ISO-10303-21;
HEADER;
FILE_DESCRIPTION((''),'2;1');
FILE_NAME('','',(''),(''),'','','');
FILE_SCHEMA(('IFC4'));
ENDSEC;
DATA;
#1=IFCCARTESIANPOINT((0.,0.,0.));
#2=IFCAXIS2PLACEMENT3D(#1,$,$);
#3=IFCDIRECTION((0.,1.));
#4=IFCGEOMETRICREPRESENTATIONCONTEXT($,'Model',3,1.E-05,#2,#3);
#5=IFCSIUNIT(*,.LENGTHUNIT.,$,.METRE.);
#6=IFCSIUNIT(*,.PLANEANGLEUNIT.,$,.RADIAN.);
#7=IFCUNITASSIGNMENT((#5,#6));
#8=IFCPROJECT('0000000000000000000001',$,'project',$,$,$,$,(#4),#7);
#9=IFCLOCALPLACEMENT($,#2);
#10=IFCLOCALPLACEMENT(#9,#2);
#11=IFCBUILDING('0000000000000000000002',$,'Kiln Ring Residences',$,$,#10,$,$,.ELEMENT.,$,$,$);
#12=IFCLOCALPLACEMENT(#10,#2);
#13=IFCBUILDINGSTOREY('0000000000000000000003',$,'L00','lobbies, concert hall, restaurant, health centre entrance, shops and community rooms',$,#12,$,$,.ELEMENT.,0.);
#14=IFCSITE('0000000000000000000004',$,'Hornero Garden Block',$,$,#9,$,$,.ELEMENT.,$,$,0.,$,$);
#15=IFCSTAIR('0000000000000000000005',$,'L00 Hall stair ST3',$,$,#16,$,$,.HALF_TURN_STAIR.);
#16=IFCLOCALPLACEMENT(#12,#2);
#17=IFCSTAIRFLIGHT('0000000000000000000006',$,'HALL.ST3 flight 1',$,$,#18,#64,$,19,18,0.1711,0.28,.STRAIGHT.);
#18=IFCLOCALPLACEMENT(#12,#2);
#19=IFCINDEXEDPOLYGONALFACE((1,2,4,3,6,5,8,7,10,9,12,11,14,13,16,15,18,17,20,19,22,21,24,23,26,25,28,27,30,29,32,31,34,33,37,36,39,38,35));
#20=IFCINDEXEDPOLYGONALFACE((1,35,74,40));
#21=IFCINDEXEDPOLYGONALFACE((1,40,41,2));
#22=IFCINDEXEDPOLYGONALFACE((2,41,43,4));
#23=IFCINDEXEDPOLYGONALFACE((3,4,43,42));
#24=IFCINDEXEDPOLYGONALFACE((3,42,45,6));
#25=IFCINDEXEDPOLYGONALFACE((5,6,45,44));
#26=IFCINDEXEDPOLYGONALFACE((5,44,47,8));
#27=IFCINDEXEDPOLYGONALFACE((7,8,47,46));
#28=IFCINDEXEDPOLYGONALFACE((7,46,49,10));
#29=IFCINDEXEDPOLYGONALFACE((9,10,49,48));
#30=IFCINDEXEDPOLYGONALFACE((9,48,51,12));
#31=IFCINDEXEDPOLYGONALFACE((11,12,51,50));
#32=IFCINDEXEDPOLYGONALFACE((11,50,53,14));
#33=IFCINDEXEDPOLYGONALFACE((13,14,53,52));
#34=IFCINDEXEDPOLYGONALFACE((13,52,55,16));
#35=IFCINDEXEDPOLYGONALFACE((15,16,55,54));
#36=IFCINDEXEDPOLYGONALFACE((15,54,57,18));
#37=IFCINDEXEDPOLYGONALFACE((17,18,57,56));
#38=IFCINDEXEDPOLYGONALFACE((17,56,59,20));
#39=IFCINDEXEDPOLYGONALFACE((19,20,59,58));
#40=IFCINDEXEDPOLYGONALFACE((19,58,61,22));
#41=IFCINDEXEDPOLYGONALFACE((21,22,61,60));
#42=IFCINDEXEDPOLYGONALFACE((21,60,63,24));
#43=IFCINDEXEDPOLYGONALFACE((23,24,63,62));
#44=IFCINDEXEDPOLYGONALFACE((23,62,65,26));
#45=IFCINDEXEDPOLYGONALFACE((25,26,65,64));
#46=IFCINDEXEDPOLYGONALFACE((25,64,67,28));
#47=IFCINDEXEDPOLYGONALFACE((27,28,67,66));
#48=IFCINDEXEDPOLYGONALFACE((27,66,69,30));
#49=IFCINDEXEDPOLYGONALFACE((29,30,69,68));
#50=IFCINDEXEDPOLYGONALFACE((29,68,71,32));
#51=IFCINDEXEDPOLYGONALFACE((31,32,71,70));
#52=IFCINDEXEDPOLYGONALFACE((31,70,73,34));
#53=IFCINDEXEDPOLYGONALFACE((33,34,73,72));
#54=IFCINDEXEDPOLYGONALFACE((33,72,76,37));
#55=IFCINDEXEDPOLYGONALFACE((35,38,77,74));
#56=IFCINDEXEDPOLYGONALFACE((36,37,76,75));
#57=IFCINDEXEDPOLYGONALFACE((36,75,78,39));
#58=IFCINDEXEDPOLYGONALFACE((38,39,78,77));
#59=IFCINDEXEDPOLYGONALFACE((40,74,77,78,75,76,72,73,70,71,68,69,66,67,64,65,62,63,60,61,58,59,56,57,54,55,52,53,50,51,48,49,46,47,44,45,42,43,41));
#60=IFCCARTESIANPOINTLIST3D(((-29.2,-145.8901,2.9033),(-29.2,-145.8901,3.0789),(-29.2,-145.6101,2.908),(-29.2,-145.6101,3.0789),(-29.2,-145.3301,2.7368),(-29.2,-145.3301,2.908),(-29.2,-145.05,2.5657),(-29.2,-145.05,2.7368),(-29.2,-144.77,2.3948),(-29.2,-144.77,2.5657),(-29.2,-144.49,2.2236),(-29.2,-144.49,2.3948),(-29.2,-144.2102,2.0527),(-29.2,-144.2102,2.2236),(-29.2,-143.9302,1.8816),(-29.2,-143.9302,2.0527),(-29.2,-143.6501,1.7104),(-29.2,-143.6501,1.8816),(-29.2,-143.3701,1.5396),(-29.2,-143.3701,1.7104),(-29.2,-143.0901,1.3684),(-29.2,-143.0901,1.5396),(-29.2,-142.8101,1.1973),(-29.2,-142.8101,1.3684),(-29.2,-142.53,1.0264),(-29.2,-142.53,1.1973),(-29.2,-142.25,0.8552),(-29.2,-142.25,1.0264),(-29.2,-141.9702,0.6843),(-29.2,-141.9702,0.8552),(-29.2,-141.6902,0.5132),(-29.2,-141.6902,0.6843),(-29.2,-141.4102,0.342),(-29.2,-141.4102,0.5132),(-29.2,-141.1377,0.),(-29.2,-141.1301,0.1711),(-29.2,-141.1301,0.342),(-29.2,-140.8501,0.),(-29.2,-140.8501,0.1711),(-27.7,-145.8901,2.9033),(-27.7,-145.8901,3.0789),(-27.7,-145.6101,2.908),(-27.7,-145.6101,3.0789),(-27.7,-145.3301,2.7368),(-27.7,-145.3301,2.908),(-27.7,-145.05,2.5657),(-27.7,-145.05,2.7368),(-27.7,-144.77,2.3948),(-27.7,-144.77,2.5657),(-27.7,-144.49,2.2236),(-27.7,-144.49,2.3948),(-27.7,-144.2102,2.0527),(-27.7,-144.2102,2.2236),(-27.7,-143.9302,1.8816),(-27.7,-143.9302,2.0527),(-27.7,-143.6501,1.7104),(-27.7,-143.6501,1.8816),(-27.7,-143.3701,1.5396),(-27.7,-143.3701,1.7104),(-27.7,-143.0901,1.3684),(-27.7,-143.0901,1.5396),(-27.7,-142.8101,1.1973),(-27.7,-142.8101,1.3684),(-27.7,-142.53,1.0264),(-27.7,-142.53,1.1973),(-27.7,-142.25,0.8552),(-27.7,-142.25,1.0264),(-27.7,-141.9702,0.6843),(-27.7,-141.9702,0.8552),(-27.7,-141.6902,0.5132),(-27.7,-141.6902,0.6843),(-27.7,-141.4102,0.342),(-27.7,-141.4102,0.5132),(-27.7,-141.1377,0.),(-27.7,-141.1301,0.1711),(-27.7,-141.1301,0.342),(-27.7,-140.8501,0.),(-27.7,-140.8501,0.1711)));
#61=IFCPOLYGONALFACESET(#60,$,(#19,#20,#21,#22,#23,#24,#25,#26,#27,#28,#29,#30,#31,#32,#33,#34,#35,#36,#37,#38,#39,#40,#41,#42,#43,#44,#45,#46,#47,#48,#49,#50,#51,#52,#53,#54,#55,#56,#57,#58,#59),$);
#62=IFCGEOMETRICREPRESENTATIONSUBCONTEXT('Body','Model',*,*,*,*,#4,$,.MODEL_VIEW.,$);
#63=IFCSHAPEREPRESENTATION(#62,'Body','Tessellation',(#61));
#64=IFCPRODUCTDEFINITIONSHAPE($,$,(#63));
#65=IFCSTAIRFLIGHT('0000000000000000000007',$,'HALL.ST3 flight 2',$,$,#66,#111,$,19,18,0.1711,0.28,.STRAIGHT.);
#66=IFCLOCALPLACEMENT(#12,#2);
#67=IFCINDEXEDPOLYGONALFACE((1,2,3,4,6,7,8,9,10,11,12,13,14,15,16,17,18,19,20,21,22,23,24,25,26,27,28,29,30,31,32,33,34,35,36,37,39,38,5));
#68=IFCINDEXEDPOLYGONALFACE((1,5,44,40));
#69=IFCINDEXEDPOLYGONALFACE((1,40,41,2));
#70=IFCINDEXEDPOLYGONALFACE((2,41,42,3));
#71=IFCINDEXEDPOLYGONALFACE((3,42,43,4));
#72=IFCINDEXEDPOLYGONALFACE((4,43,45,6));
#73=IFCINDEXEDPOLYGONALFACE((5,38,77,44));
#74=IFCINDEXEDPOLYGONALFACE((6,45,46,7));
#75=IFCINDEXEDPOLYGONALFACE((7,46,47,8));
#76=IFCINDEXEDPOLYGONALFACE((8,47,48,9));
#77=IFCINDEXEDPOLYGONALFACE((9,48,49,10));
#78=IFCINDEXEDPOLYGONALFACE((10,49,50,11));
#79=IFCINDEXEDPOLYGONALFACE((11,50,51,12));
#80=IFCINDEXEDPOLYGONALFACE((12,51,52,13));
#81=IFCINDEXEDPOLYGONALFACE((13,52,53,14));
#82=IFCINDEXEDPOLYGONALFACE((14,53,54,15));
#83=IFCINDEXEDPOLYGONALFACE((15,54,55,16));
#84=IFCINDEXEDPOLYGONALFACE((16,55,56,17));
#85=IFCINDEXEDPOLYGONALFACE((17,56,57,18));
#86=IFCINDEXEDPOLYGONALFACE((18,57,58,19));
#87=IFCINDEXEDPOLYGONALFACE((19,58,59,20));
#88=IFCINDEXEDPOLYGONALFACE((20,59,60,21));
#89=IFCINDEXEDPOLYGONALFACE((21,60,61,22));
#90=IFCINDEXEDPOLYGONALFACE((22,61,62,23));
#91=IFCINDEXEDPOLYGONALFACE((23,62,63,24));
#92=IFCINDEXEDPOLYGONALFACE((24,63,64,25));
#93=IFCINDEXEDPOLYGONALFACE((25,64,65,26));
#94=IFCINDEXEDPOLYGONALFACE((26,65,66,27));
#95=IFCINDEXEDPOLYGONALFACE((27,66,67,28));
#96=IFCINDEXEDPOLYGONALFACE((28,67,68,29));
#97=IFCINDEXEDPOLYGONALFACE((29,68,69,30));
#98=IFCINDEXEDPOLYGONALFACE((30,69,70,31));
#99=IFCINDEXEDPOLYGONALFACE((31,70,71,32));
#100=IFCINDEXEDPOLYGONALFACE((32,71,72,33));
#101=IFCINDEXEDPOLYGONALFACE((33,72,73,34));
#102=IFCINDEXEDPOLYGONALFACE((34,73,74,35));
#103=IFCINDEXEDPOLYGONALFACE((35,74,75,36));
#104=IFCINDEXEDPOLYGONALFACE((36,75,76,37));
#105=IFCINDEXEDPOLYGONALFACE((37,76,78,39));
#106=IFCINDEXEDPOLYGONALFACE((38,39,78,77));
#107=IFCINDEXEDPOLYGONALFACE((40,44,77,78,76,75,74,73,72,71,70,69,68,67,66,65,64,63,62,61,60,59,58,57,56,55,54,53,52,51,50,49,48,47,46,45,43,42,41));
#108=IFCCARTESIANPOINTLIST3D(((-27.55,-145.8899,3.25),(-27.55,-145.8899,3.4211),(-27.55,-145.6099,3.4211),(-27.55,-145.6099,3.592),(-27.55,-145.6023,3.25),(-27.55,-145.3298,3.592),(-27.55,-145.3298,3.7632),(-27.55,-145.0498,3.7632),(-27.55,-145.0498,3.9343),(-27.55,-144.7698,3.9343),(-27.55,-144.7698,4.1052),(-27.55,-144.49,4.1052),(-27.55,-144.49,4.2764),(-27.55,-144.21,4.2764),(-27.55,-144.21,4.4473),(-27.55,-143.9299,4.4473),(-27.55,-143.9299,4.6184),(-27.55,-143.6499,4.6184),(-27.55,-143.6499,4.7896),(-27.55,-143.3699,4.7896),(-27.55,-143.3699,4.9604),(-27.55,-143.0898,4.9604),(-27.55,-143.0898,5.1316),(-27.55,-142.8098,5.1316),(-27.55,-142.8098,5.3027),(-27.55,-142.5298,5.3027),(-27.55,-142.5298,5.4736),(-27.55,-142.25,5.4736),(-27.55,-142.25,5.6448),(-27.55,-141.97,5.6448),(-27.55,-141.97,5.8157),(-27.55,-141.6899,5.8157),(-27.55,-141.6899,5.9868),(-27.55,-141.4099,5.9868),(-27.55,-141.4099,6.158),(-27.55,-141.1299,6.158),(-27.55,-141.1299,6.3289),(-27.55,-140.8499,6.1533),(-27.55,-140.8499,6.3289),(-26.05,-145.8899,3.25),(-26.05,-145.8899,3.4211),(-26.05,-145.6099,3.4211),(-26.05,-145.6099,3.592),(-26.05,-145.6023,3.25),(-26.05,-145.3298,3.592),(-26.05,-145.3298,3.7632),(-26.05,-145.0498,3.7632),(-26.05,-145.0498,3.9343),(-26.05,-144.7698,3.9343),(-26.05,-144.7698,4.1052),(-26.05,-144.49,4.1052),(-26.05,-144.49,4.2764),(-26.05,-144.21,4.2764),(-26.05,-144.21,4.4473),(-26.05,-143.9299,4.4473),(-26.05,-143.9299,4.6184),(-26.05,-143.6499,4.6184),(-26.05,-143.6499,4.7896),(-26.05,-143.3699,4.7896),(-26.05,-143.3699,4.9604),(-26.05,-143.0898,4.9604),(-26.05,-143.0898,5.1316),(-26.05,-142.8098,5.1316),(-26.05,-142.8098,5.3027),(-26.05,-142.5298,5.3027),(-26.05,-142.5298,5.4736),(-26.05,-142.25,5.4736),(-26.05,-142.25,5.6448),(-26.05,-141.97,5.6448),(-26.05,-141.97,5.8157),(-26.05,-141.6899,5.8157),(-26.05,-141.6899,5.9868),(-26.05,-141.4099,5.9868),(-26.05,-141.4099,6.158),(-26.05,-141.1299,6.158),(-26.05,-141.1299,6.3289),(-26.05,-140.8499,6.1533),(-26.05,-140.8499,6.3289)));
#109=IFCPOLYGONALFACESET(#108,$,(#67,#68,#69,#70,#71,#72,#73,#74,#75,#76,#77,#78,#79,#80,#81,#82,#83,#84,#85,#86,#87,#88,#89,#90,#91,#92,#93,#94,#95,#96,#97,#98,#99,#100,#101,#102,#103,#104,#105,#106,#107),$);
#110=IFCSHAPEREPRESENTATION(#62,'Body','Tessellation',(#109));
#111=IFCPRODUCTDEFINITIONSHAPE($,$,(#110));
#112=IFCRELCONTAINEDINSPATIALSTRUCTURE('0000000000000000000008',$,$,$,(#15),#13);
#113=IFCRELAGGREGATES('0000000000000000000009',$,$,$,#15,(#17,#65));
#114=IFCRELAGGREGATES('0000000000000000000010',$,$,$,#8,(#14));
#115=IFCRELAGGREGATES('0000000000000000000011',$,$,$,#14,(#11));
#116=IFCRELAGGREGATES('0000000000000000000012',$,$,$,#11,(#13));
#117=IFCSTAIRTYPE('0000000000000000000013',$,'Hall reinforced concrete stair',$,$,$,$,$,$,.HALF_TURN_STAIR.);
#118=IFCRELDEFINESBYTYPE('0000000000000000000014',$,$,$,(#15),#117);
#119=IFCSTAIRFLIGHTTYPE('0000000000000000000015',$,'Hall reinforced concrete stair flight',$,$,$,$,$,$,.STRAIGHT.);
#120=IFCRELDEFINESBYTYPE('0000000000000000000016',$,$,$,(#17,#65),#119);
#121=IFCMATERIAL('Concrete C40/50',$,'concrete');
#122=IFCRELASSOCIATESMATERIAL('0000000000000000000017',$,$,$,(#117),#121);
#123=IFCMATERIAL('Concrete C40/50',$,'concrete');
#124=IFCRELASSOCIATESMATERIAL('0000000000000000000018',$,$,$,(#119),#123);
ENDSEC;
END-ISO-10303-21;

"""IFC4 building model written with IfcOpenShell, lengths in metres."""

from ifc_helpers import new_model, si_unit, direction, frame, origin, place, context, subcontext, project, spatial, polyline, outline, extrude, material, type_object, element, aggregate, save


model = new_model("IFC4")

# Units and contexts
model_context = context("Model", 3, precision=1e-05, world=origin(), true_north=direction((0.0, 1.0)))
body_context = subcontext(model_context, "Body", "Model", "MODEL_VIEW")
ifc_project = project(units=[si_unit("LENGTHUNIT", "METRE"), si_unit("PLANEANGLEUNIT", "RADIAN")], contexts=[model_context])

# Site, building, storey
site_placement = place(None, origin())
site = spatial("IfcSite", under=ifc_project, at=site_placement, Name="Hornero Garden Block", CompositionType="ELEMENT", RefElevation=0.0)
building_placement = place(site_placement, origin())
building = spatial("IfcBuilding", under=site, at=building_placement, Name="Kiln Ring Residences", CompositionType="ELEMENT")
storey_placement = place(building_placement, origin())
storey = spatial("IfcBuildingStorey", under=building, at=storey_placement, Name="L00", Description="lobbies, concert hall, restaurant, health centre entrance, shops and community rooms", CompositionType="ELEMENT", Elevation=0.0)

# Stair, stair flights
ifc_material_1 = material(Name="Concrete C40/50", Category="concrete")
stair_type = type_object("IfcStairType", Name="Hall reinforced concrete stair", PredefinedType="HALF_TURN_STAIR", material=ifc_material_1)
stair_placement = place(storey_placement, origin())
stair = element("IfcStair", 1, at=stair_placement, inside=storey, type_object=stair_type, Name="L00 Hall stair ST3", PredefinedType="HALF_TURN_STAIR")
ifc_material_2 = material(Name="Concrete C40/50", Category="concrete")
stair_flight_type = type_object("IfcStairFlightType", Name="Hall reinforced concrete stair flight", PredefinedType="STRAIGHT", material=ifc_material_2)
stair_flight_1_placement = place(storey_placement, frame((-28.45, -140.8501, 0.0), z_axis=(0.0, 0.0, 1.0), x_axis=(0.0, -1.0, 0.0)))
stair_flight_1 = element("IfcStairFlight", 2, at=stair_flight_1_placement, type_object=stair_flight_type, Name="HALL.ST3 flight 1", NumberOfRisers=19, NumberOfTreads=18, PredefinedType="STRAIGHT", RiserHeight=0.1711, TreadLength=0.28, context=body_context, shape_type="SweptSolid", body=[
    extrude(outline(polyline([(0.0, 0.0), (0.0, 0.1711), (0.28, 0.1711), (0.28, 0.342), (0.5601, 0.342), (0.5601, 0.5132), (0.8401, 0.5132), (0.8401, 0.6843), (1.1201, 0.6843), (1.1201, 0.8552), (1.3999, 0.8552), (1.3999, 1.0264), (1.6799, 1.0264), (1.6799, 1.1973), (1.96, 1.1973), (1.96, 1.3684), (2.24, 1.3684), (2.24, 1.5396), (2.52, 1.5396), (2.52, 1.7104), (2.8, 1.7104), (2.8, 1.8816), (3.0801, 1.8816), (3.0801, 2.0527), (3.3601, 2.0527), (3.3601, 2.2236), (3.6399, 2.2236), (3.6399, 2.3948), (3.9199, 2.3948), (3.9199, 2.5657), (4.2, 2.5657), (4.2, 2.7368), (4.48, 2.7368), (4.48, 2.908), (4.76, 2.908), (4.76, 3.0789), (5.04, 3.0789), (5.04, 3.25), (5.04, 2.9033), (0.2876, 0.0), (0.0, 0.0)])), frame((0.0, 0.75, 0.0), z_axis=(0.0, -1.0, 0.0), x_axis=(1.0, 0.0, 0.0)), (0.0, 0.0, 1.0), 1.5),
])
stair_flight_2_placement = place(storey_placement, frame((-26.8, -145.8899, 3.25), z_axis=(0.0, 0.0, 1.0), x_axis=(0.0, 1.0, 0.0)))
stair_flight_2 = element("IfcStairFlight", 3, at=stair_flight_2_placement, type_object=stair_flight_type, Name="HALL.ST3 flight 2", NumberOfRisers=19, NumberOfTreads=18, PredefinedType="STRAIGHT", RiserHeight=0.1711, TreadLength=0.28, context=body_context, shape_type="SweptSolid", body=[
    extrude(outline(polyline([(0.0, 0.0), (0.0, 0.1711), (0.28, 0.1711), (0.28, 0.342), (0.5601, 0.342), (0.5601, 0.5132), (0.8401, 0.5132), (0.8401, 0.6843), (1.1201, 0.6843), (1.1201, 0.8552), (1.3999, 0.8552), (1.3999, 1.0264), (1.6799, 1.0264), (1.6799, 1.1973), (1.96, 1.1973), (1.96, 1.3684), (2.24, 1.3684), (2.24, 1.5396), (2.52, 1.5396), (2.52, 1.7104), (2.8, 1.7104), (2.8, 1.8816), (3.0801, 1.8816), (3.0801, 2.0527), (3.3601, 2.0527), (3.3601, 2.2236), (3.6399, 2.2236), (3.6399, 2.3948), (3.9199, 2.3948), (3.9199, 2.5657), (4.2, 2.5657), (4.2, 2.7368), (4.48, 2.7368), (4.48, 2.908), (4.76, 2.908), (4.76, 3.0789), (5.04, 3.0789), (5.04, 3.25), (5.04, 2.9033), (0.2876, 0.0), (0.0, 0.0)])), frame((0.0, 0.75, 0.0), z_axis=(0.0, -1.0, 0.0), x_axis=(1.0, 0.0, 0.0)), (0.0, 0.0, 1.0), 1.5),
])
aggregate(stair, [stair_flight_1, stair_flight_2])

save(model, "model.ifc")
